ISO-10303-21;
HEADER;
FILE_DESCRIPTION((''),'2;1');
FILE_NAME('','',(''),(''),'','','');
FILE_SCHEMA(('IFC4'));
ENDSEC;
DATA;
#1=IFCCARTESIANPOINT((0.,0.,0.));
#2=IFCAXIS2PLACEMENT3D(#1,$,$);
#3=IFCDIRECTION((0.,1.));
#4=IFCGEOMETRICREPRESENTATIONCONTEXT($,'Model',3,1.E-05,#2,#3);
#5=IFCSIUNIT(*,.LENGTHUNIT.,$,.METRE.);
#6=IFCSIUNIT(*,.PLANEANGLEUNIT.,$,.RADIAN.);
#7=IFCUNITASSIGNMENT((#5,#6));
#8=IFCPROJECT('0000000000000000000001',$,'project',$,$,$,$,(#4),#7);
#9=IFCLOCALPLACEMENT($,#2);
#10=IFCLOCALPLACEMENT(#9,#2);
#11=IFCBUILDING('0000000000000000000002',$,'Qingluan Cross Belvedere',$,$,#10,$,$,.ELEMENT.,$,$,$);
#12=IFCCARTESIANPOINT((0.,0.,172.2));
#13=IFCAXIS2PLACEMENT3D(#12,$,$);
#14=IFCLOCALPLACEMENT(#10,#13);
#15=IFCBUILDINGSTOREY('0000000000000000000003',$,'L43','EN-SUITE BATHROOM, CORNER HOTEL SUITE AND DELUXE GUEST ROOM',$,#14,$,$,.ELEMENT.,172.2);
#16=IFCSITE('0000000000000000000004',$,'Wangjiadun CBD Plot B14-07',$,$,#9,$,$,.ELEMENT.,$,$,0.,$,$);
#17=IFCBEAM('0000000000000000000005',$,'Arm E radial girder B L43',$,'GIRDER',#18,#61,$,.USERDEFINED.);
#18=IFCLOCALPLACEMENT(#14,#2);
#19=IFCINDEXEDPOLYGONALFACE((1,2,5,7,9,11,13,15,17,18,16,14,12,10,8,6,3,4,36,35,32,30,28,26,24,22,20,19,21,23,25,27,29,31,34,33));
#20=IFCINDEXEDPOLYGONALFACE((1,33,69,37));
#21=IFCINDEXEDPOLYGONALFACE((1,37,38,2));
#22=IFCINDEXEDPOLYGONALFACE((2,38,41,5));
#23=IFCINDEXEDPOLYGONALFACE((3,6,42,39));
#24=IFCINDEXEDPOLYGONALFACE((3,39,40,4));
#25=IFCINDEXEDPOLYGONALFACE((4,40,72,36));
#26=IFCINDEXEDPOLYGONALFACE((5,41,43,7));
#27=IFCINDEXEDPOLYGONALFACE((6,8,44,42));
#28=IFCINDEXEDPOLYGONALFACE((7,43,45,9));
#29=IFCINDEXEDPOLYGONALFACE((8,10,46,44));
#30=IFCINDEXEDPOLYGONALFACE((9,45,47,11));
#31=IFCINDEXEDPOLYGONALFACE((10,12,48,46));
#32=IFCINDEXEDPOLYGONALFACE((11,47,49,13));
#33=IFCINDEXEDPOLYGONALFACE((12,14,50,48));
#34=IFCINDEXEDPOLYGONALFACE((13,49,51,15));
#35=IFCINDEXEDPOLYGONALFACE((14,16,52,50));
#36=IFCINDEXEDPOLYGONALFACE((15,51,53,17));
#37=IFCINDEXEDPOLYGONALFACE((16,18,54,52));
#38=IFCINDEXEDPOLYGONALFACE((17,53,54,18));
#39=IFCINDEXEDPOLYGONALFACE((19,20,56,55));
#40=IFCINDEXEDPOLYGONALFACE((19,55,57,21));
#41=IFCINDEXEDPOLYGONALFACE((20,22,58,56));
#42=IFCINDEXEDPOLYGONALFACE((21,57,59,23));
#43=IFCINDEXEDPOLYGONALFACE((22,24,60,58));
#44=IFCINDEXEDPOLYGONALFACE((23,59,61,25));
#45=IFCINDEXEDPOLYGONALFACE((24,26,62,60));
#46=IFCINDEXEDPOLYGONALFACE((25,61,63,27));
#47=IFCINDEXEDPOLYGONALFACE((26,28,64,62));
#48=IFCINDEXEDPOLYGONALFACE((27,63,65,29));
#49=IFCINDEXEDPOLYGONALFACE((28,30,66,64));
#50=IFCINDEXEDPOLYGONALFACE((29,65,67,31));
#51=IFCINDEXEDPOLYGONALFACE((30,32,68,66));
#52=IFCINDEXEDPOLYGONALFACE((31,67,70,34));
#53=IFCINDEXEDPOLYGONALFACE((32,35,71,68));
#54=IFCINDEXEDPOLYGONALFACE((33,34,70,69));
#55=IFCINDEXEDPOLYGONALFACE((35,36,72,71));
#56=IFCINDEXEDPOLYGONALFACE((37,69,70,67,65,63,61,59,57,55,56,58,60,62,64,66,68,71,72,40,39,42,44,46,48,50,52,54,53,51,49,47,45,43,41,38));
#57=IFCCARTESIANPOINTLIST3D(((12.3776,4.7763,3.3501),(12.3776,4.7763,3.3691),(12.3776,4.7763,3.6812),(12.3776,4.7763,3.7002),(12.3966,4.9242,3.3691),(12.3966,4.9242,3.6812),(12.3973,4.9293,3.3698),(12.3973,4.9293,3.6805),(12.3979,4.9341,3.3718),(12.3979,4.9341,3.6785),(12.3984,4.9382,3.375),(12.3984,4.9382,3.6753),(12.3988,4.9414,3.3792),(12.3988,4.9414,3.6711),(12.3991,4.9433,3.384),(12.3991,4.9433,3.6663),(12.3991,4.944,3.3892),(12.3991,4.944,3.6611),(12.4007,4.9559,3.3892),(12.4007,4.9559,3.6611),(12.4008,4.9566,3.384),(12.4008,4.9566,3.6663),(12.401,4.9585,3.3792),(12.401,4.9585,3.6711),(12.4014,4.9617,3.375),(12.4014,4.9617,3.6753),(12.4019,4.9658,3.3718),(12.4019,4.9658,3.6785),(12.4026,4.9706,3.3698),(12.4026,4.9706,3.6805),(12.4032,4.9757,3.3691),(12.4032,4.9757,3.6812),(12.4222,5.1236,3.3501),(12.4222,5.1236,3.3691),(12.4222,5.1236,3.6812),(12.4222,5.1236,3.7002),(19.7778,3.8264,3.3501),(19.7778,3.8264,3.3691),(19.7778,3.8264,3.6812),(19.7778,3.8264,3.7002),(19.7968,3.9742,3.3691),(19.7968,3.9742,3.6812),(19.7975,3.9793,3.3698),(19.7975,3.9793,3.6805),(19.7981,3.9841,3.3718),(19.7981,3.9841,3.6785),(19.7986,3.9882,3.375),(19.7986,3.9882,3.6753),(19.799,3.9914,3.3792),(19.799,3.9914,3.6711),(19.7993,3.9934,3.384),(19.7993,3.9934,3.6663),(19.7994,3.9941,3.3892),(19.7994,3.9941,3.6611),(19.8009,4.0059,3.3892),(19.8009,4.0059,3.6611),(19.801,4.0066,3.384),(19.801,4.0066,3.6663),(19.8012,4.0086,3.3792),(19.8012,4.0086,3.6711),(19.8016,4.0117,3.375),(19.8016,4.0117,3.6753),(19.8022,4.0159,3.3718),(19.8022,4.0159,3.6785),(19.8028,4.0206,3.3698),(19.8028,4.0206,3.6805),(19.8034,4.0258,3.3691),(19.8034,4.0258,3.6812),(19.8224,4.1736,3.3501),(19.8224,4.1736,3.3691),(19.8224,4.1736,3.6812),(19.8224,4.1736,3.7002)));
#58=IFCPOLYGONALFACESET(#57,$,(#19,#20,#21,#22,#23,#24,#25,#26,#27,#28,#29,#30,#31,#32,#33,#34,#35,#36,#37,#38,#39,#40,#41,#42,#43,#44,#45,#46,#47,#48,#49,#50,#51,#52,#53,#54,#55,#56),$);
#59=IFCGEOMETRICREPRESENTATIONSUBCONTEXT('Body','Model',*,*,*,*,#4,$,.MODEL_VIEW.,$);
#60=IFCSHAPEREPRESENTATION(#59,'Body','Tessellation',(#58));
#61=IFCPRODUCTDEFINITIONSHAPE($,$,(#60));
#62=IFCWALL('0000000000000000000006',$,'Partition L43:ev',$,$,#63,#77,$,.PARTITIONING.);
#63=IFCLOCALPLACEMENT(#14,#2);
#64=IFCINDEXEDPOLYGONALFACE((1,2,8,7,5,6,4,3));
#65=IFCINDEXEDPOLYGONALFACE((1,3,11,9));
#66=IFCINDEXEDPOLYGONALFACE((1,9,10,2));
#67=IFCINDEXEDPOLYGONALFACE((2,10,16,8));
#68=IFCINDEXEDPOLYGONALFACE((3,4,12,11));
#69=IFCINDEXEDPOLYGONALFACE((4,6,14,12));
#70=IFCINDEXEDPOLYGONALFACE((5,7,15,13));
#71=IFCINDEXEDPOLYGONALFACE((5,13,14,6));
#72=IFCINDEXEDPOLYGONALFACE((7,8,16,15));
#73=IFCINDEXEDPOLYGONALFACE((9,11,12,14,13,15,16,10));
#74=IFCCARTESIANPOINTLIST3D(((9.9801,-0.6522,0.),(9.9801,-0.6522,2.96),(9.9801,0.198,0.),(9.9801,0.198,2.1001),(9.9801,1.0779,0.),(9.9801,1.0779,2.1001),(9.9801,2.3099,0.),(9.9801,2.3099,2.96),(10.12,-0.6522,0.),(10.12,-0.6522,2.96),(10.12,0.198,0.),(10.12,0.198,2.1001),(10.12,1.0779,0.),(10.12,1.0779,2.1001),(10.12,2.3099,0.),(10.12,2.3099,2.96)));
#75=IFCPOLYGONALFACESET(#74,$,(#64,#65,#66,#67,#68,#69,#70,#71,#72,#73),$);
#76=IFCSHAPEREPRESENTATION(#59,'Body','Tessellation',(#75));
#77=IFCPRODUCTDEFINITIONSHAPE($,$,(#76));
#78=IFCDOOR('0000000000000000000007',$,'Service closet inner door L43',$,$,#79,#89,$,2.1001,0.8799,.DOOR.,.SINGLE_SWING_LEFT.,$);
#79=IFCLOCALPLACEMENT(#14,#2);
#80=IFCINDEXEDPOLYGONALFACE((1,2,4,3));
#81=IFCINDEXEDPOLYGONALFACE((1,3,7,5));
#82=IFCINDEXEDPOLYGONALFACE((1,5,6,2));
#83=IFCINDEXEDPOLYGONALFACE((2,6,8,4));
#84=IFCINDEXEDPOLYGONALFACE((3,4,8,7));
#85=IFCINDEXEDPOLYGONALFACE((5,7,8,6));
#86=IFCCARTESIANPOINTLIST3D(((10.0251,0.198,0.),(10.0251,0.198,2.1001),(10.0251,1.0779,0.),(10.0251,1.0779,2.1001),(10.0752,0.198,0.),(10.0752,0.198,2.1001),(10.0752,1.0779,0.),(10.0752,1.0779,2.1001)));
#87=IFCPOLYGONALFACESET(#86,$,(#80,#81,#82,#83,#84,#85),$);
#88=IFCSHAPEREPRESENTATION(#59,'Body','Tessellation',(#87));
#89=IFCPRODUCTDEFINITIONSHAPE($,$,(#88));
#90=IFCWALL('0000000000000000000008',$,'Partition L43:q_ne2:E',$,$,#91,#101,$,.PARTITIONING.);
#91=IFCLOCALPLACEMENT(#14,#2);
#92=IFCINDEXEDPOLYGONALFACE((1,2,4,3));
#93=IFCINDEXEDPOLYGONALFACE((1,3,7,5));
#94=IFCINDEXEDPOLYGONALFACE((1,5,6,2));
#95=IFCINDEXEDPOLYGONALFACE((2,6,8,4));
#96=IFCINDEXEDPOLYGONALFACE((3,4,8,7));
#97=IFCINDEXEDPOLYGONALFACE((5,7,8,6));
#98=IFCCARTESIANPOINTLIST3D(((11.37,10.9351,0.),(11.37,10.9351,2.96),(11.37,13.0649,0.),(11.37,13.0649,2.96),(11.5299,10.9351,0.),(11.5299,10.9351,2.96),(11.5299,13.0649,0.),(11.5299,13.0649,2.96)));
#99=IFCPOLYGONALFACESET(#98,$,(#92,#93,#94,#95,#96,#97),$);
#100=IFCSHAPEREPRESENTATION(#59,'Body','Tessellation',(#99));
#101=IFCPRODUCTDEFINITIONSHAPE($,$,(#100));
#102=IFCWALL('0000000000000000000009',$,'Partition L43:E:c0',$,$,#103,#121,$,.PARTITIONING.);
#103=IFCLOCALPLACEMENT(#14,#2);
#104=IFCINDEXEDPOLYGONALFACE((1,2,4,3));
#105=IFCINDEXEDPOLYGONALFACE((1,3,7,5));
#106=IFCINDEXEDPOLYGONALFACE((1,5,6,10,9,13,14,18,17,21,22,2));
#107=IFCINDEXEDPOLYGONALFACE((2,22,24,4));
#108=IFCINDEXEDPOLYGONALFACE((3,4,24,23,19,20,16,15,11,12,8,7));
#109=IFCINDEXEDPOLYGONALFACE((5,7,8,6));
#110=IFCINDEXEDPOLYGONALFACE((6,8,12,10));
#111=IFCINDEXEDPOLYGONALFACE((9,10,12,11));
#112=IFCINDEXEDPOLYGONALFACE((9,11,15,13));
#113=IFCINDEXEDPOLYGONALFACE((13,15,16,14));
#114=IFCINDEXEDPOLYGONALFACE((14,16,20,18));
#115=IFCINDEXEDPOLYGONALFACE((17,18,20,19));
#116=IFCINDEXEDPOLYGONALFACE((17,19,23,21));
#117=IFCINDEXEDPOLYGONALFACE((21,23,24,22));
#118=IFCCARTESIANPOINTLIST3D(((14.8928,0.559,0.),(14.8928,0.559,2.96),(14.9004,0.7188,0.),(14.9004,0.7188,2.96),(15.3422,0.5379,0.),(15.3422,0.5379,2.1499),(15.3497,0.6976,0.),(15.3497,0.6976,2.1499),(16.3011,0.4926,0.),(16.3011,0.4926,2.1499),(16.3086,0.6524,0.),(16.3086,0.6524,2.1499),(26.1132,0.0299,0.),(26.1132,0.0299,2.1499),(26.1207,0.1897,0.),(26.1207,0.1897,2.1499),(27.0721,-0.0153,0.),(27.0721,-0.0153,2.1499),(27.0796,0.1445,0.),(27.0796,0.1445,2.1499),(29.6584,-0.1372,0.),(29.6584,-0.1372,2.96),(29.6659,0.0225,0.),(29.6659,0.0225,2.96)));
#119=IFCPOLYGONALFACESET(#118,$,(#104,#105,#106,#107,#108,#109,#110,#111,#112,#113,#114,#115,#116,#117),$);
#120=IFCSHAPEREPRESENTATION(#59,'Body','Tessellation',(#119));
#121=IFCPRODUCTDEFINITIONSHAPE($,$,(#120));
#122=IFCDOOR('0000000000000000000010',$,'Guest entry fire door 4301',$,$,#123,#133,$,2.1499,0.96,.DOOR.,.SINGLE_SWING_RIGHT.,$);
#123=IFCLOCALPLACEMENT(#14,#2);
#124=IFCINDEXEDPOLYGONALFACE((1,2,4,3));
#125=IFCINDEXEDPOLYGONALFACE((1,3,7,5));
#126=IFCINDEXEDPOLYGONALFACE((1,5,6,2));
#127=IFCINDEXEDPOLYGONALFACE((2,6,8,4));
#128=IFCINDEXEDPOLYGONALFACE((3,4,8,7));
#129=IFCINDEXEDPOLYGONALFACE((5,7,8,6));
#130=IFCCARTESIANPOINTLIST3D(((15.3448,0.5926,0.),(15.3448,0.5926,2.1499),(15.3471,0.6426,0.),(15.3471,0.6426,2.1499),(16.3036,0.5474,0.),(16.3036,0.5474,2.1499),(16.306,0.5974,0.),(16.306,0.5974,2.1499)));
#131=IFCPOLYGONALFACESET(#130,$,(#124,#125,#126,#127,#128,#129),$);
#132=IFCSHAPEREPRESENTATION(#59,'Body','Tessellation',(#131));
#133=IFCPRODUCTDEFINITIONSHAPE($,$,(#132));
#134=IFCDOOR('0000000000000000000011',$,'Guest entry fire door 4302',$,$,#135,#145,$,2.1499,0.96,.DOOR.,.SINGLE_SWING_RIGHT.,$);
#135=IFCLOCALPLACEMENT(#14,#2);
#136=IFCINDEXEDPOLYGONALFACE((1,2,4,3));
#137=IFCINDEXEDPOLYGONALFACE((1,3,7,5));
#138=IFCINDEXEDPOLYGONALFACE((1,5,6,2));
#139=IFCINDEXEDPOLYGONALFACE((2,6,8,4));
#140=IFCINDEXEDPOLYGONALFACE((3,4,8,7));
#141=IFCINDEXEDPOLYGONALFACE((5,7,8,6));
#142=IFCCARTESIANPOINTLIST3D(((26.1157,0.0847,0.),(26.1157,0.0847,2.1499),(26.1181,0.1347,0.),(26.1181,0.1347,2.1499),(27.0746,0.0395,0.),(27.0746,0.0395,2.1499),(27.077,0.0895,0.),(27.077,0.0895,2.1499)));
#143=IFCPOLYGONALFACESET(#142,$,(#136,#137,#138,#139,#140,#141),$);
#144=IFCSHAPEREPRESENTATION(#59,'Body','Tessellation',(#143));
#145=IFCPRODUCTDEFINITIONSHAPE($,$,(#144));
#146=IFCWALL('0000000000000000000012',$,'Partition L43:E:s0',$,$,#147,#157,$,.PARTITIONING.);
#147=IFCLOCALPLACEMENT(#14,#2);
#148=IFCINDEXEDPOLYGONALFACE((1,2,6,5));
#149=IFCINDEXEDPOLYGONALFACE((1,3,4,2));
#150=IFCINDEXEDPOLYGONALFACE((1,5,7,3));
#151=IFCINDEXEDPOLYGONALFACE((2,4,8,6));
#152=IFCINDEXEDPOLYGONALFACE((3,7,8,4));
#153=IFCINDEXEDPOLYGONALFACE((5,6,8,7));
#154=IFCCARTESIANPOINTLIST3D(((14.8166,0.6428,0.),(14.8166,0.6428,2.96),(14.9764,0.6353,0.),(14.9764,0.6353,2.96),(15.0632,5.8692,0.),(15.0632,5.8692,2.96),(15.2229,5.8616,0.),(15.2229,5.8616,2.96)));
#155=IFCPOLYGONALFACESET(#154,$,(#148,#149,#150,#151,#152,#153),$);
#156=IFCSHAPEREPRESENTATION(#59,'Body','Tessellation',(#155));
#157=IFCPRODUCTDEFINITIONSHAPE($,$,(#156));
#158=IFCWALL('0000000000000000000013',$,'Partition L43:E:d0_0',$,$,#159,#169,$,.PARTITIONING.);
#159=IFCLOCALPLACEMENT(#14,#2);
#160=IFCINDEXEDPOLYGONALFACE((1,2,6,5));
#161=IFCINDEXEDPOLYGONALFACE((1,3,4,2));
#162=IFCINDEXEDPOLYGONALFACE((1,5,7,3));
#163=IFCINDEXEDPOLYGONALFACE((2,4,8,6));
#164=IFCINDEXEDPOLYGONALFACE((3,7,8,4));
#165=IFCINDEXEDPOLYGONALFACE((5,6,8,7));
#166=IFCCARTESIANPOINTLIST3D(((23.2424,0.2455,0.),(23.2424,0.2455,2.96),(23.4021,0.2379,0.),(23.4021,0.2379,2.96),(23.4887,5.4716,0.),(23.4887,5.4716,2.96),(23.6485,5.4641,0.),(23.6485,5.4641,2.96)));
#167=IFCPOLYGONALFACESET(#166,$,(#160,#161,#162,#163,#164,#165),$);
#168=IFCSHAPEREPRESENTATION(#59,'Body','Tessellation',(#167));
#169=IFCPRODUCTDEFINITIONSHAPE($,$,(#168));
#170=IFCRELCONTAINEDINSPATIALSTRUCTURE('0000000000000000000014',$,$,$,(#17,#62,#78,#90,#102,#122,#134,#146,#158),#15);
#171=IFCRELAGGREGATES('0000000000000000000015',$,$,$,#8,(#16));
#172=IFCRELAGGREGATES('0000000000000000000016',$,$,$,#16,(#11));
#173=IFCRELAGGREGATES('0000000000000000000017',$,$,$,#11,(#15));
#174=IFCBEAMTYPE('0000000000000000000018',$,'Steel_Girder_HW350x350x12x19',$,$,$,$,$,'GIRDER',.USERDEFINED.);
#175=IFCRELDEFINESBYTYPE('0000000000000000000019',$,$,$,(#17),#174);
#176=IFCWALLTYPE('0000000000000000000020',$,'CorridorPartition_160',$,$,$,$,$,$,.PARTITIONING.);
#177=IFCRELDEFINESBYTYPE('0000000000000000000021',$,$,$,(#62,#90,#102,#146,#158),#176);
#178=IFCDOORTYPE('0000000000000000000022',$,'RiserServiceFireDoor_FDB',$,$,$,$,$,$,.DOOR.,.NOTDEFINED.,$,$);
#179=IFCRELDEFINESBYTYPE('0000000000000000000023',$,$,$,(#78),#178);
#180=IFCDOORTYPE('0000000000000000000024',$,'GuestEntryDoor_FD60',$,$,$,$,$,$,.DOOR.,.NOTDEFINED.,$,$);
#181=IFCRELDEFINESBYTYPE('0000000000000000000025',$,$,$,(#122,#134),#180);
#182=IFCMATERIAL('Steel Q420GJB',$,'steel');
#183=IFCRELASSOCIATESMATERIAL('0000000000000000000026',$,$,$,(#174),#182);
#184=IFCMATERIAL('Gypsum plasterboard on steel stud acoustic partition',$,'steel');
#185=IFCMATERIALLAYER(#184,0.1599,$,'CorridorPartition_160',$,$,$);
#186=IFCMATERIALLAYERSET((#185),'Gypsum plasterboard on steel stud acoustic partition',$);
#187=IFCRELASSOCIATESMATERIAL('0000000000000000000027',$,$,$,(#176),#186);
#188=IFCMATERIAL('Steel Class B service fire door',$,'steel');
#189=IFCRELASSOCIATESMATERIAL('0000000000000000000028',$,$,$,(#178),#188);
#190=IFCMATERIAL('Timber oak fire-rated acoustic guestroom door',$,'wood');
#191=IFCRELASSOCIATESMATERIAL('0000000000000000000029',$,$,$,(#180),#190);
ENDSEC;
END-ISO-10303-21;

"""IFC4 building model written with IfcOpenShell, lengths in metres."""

from ifc_helpers import new_model, si_unit, direction, frame, frame_2d, origin, origin_2d, place, context, subcontext, project, spatial, rectangle, i_section, extrude, material, layer, layer_set, material_profile, profile_set, type_object, element, fill, save


model = new_model("IFC4")

# Units and contexts
model_context = context("Model", 3, precision=1e-05, world=origin(), true_north=direction((0.0, 1.0)))
body_context = subcontext(model_context, "Body", "Model", "MODEL_VIEW")
ifc_project = project(units=[si_unit("LENGTHUNIT", "METRE"), si_unit("PLANEANGLEUNIT", "RADIAN")], contexts=[model_context])

# Site, building, storey
site_placement = place(None, origin())
site = spatial("IfcSite", under=ifc_project, at=site_placement, Name="Wangjiadun CBD Plot B14-07", CompositionType="ELEMENT", RefElevation=0.0)
building_placement = place(site_placement, origin())
building = spatial("IfcBuilding", under=site, at=building_placement, Name="Qingluan Cross Belvedere", CompositionType="ELEMENT")
storey_placement = place(building_placement, frame((0.0, 0.0, 172.2)))
storey = spatial("IfcBuildingStorey", under=building, at=storey_placement, Name="L43", Description="EN-SUITE BATHROOM, CORNER HOTEL SUITE AND DELUXE GUEST ROOM", CompositionType="ELEMENT", Elevation=172.2)

# Beam
ifc_material_1 = material(Name="Steel Q420GJB", Category="steel")
ifc_material_profile_1 = material_profile(ifc_material_1, i_section(OverallWidth=0.3501, OverallDepth=0.3501, WebThickness=0.012, FlangeThickness=0.019, FilletRadius=0.02, at=origin_2d()), Name="HW350x350x12x19")
ifc_profile_set_1 = profile_set([ifc_material_profile_1], Name="Steel Q420GJB")
beam_type_1 = type_object("IfcBeamType", Name="Steel_Girder_HW350x350x12x19", ElementType="GIRDER", PredefinedType="USERDEFINED", material=ifc_profile_set_1)
beam_1_placement = place(storey_placement, frame((12.3999, 4.95, 3.5251), z_axis=(0.991861, -0.127324, 0.0), x_axis=(0.127324, 0.991861, 0.0)))
element("IfcBeam", 1, at=beam_1_placement, inside=storey, type_object=beam_type_1, Name="Arm E radial girder B L43", ObjectType="GIRDER", PredefinedType="USERDEFINED", context=body_context, shape_type="SweptSolid", body=[
    extrude(i_section(OverallWidth=0.3501, OverallDepth=0.3501, WebThickness=0.012, FlangeThickness=0.019, FilletRadius=0.02, at=origin_2d()), origin(), (0.0, 0.0, 1.0), 7.4609),
])

# Wall, opening, door
ifc_material_2 = material(Name="Gypsum plasterboard on steel stud acoustic partition", Category="steel")
ifc_layer_1 = layer(ifc_material_2, 0.1599, Name="CorridorPartition_160")
ifc_layer_set_1 = layer_set([ifc_layer_1], Name="Gypsum plasterboard on steel stud acoustic partition")
wall_type_1 = type_object("IfcWallType", Name="CorridorPartition_160", PredefinedType="PARTITIONING", material=ifc_layer_set_1)
wall_1_placement = place(storey_placement, frame((10.05, -0.6521, 0.0), z_axis=(0.0, 0.0, 1.0), x_axis=(0.0, 1.0, 0.0)))
wall_1 = element("IfcWall", 2, at=wall_1_placement, inside=storey, type_object=wall_type_1, Name="Partition L43:ev", PredefinedType="PARTITIONING", context=body_context, shape_type="SweptSolid", body=[
    extrude(rectangle(XDim=2.9622, YDim=0.1399, at=frame_2d((1.481, 0.0))), origin(), (0.0, 0.0, 1.0), 2.96),
])
opening_1_placement = place(wall_1_placement, frame((0.8501, 0.0, 0.0)))
opening_1 = element("IfcOpeningElement", 3, at=opening_1_placement, cuts=wall_1, PredefinedType="OPENING", context=body_context, shape_type="SweptSolid", body=[
    extrude(rectangle(XDim=0.8799, YDim=2.1001, at=frame_2d((0.4399, 1.05))), frame((0.0, 0.0798, 0.0), z_axis=(0.0, -1.0, 0.0), x_axis=(1.0, 0.0, 0.0)), (0.0, 0.0, 1.0), 0.1599),
])
ifc_material_3 = material(Name="Steel Class B service fire door", Category="steel")
door_type_1 = type_object("IfcDoorType", Name="RiserServiceFireDoor_FDB", OperationType="NOTDEFINED", PredefinedType="DOOR", material=ifc_material_3)
door_1_placement = place(opening_1_placement, origin())
door_1 = element("IfcDoor", 4, at=door_1_placement, inside=storey, type_object=door_type_1, Name="Service closet inner door L43", OperationType="SINGLE_SWING_LEFT", OverallHeight=2.1001, OverallWidth=0.8799, PredefinedType="DOOR", context=body_context, shape_type="SweptSolid", body=[
    extrude(rectangle(XDim=0.8799, YDim=2.1001, at=frame_2d((0.4399, 1.05))), frame((0.0, 0.0249, 0.0), z_axis=(0.0, -1.0, 0.0), x_axis=(1.0, 0.0, 0.0)), (0.0, 0.0, 1.0), 0.05),
])
fill(opening_1, door_1)

# Wall
wall_2_placement = place(storey_placement, frame((11.45, 10.9351, 0.0), z_axis=(0.0, 0.0, 1.0), x_axis=(0.0, 1.0, 0.0)))
element("IfcWall", 5, at=wall_2_placement, inside=storey, type_object=wall_type_1, Name="Partition L43:q_ne2:E", PredefinedType="PARTITIONING", context=body_context, shape_type="SweptSolid", body=[
    extrude(rectangle(XDim=2.1299, YDim=0.1599, at=frame_2d((1.0649, 0.0))), origin(), (0.0, 0.0, 1.0), 2.96),
])

# Wall, openings, doors
wall_3_placement = place(storey_placement, frame((14.8965, 0.6389, 0.0), z_axis=(0.0, 0.0, 1.0), x_axis=(0.99889, -0.047104, 0.0)))
wall_3 = element("IfcWall", 6, at=wall_3_placement, inside=storey, type_object=wall_type_1, Name="Partition L43:E:c0", PredefinedType="PARTITIONING", context=body_context, shape_type="SweptSolid", body=[
    extrude(rectangle(XDim=14.782, YDim=0.1599, at=frame_2d((7.3911, 0.0))), origin(), (0.0, 0.0, 1.0), 2.96),
])
opening_2_placement = place(wall_3_placement, frame((0.45, 0.0, 0.0)))
opening_2 = element("IfcOpeningElement", 7, at=opening_2_placement, cuts=wall_3, PredefinedType="OPENING", context=body_context, shape_type="SweptSolid", body=[
    extrude(rectangle(XDim=0.96, YDim=2.1499, at=frame_2d((0.48, 1.075))), frame((0.0, 0.0898, 0.0), z_axis=(0.0, -1.0, 0.0), x_axis=(1.0, 0.0, 0.0)), (0.0, 0.0, 1.0), 0.1799),
])
opening_3_placement = place(wall_3_placement, frame((11.2329, 0.0, 0.0)))
opening_3 = element("IfcOpeningElement", 8, at=opening_3_placement, cuts=wall_3, PredefinedType="OPENING", context=body_context, shape_type="SweptSolid", body=[
    extrude(rectangle(XDim=0.96, YDim=2.1499, at=frame_2d((0.48, 1.075))), frame((0.0, 0.0898, 0.0), z_axis=(0.0, -1.0, 0.0), x_axis=(1.0, 0.0, 0.0)), (0.0, 0.0, 1.0), 0.1799),
])
ifc_material_4 = material(Name="Timber oak fire-rated acoustic guestroom door", Category="wood")
door_type_2 = type_object("IfcDoorType", Name="GuestEntryDoor_FD60", OperationType="NOTDEFINED", PredefinedType="DOOR", material=ifc_material_4)
door_2_placement = place(opening_2_placement, origin())
door_2 = element("IfcDoor", 9, at=door_2_placement, inside=storey, type_object=door_type_2, Name="Guest entry fire door 4301", OperationType="SINGLE_SWING_RIGHT", OverallHeight=2.1499, OverallWidth=0.96, PredefinedType="DOOR", context=body_context, shape_type="SweptSolid", body=[
    extrude(rectangle(XDim=0.96, YDim=2.1499, at=frame_2d((0.48, 1.075))), frame((0.0, 0.0249, 0.0), z_axis=(0.0, -1.0, 0.0), x_axis=(1.0, 0.0, 0.0)), (0.0, 0.0, 1.0), 0.05),
])
fill(opening_2, door_2)
door_3_placement = place(opening_3_placement, origin())
door_3 = element("IfcDoor", 10, at=door_3_placement, inside=storey, type_object=door_type_2, Name="Guest entry fire door 4302", OperationType="SINGLE_SWING_RIGHT", OverallHeight=2.1499, OverallWidth=0.96, PredefinedType="DOOR", context=body_context, shape_type="SweptSolid", body=[
    extrude(rectangle(XDim=0.96, YDim=2.1499, at=frame_2d((0.48, 1.075))), frame((0.0, 0.0249, 0.0), z_axis=(0.0, -1.0, 0.0), x_axis=(1.0, 0.0, 0.0)), (0.0, 0.0, 1.0), 0.05),
])
fill(opening_3, door_3)

# Walls
wall_4_placement = place(storey_placement, frame((14.8965, 0.6389, 0.0), z_axis=(0.0, 0.0, 1.0), x_axis=(0.047128, 0.998889, 0.0)))
element("IfcWall", 11, at=wall_4_placement, inside=storey, type_object=wall_type_1, Name="Partition L43:E:s0", PredefinedType="PARTITIONING", context=body_context, shape_type="SweptSolid", body=[
    extrude(rectangle(XDim=5.2322, YDim=0.1599, at=frame_2d((2.6162, 0.0))), origin(), (0.0, 0.0, 1.0), 2.96),
])
wall_5_placement = place(storey_placement, frame((23.3223, 0.2417, 0.0), z_axis=(0.0, 0.0, 1.0), x_axis=(0.047084, 0.998891, 0.0)))
element("IfcWall", 12, at=wall_5_placement, inside=storey, type_object=wall_type_1, Name="Partition L43:E:d0_0", PredefinedType="PARTITIONING", context=body_context, shape_type="SweptSolid", body=[
    extrude(rectangle(XDim=5.2319, YDim=0.1599, at=frame_2d((2.616, 0.0))), origin(), (0.0, 0.0, 1.0), 2.96),
])

save(model, "model.ifc")
